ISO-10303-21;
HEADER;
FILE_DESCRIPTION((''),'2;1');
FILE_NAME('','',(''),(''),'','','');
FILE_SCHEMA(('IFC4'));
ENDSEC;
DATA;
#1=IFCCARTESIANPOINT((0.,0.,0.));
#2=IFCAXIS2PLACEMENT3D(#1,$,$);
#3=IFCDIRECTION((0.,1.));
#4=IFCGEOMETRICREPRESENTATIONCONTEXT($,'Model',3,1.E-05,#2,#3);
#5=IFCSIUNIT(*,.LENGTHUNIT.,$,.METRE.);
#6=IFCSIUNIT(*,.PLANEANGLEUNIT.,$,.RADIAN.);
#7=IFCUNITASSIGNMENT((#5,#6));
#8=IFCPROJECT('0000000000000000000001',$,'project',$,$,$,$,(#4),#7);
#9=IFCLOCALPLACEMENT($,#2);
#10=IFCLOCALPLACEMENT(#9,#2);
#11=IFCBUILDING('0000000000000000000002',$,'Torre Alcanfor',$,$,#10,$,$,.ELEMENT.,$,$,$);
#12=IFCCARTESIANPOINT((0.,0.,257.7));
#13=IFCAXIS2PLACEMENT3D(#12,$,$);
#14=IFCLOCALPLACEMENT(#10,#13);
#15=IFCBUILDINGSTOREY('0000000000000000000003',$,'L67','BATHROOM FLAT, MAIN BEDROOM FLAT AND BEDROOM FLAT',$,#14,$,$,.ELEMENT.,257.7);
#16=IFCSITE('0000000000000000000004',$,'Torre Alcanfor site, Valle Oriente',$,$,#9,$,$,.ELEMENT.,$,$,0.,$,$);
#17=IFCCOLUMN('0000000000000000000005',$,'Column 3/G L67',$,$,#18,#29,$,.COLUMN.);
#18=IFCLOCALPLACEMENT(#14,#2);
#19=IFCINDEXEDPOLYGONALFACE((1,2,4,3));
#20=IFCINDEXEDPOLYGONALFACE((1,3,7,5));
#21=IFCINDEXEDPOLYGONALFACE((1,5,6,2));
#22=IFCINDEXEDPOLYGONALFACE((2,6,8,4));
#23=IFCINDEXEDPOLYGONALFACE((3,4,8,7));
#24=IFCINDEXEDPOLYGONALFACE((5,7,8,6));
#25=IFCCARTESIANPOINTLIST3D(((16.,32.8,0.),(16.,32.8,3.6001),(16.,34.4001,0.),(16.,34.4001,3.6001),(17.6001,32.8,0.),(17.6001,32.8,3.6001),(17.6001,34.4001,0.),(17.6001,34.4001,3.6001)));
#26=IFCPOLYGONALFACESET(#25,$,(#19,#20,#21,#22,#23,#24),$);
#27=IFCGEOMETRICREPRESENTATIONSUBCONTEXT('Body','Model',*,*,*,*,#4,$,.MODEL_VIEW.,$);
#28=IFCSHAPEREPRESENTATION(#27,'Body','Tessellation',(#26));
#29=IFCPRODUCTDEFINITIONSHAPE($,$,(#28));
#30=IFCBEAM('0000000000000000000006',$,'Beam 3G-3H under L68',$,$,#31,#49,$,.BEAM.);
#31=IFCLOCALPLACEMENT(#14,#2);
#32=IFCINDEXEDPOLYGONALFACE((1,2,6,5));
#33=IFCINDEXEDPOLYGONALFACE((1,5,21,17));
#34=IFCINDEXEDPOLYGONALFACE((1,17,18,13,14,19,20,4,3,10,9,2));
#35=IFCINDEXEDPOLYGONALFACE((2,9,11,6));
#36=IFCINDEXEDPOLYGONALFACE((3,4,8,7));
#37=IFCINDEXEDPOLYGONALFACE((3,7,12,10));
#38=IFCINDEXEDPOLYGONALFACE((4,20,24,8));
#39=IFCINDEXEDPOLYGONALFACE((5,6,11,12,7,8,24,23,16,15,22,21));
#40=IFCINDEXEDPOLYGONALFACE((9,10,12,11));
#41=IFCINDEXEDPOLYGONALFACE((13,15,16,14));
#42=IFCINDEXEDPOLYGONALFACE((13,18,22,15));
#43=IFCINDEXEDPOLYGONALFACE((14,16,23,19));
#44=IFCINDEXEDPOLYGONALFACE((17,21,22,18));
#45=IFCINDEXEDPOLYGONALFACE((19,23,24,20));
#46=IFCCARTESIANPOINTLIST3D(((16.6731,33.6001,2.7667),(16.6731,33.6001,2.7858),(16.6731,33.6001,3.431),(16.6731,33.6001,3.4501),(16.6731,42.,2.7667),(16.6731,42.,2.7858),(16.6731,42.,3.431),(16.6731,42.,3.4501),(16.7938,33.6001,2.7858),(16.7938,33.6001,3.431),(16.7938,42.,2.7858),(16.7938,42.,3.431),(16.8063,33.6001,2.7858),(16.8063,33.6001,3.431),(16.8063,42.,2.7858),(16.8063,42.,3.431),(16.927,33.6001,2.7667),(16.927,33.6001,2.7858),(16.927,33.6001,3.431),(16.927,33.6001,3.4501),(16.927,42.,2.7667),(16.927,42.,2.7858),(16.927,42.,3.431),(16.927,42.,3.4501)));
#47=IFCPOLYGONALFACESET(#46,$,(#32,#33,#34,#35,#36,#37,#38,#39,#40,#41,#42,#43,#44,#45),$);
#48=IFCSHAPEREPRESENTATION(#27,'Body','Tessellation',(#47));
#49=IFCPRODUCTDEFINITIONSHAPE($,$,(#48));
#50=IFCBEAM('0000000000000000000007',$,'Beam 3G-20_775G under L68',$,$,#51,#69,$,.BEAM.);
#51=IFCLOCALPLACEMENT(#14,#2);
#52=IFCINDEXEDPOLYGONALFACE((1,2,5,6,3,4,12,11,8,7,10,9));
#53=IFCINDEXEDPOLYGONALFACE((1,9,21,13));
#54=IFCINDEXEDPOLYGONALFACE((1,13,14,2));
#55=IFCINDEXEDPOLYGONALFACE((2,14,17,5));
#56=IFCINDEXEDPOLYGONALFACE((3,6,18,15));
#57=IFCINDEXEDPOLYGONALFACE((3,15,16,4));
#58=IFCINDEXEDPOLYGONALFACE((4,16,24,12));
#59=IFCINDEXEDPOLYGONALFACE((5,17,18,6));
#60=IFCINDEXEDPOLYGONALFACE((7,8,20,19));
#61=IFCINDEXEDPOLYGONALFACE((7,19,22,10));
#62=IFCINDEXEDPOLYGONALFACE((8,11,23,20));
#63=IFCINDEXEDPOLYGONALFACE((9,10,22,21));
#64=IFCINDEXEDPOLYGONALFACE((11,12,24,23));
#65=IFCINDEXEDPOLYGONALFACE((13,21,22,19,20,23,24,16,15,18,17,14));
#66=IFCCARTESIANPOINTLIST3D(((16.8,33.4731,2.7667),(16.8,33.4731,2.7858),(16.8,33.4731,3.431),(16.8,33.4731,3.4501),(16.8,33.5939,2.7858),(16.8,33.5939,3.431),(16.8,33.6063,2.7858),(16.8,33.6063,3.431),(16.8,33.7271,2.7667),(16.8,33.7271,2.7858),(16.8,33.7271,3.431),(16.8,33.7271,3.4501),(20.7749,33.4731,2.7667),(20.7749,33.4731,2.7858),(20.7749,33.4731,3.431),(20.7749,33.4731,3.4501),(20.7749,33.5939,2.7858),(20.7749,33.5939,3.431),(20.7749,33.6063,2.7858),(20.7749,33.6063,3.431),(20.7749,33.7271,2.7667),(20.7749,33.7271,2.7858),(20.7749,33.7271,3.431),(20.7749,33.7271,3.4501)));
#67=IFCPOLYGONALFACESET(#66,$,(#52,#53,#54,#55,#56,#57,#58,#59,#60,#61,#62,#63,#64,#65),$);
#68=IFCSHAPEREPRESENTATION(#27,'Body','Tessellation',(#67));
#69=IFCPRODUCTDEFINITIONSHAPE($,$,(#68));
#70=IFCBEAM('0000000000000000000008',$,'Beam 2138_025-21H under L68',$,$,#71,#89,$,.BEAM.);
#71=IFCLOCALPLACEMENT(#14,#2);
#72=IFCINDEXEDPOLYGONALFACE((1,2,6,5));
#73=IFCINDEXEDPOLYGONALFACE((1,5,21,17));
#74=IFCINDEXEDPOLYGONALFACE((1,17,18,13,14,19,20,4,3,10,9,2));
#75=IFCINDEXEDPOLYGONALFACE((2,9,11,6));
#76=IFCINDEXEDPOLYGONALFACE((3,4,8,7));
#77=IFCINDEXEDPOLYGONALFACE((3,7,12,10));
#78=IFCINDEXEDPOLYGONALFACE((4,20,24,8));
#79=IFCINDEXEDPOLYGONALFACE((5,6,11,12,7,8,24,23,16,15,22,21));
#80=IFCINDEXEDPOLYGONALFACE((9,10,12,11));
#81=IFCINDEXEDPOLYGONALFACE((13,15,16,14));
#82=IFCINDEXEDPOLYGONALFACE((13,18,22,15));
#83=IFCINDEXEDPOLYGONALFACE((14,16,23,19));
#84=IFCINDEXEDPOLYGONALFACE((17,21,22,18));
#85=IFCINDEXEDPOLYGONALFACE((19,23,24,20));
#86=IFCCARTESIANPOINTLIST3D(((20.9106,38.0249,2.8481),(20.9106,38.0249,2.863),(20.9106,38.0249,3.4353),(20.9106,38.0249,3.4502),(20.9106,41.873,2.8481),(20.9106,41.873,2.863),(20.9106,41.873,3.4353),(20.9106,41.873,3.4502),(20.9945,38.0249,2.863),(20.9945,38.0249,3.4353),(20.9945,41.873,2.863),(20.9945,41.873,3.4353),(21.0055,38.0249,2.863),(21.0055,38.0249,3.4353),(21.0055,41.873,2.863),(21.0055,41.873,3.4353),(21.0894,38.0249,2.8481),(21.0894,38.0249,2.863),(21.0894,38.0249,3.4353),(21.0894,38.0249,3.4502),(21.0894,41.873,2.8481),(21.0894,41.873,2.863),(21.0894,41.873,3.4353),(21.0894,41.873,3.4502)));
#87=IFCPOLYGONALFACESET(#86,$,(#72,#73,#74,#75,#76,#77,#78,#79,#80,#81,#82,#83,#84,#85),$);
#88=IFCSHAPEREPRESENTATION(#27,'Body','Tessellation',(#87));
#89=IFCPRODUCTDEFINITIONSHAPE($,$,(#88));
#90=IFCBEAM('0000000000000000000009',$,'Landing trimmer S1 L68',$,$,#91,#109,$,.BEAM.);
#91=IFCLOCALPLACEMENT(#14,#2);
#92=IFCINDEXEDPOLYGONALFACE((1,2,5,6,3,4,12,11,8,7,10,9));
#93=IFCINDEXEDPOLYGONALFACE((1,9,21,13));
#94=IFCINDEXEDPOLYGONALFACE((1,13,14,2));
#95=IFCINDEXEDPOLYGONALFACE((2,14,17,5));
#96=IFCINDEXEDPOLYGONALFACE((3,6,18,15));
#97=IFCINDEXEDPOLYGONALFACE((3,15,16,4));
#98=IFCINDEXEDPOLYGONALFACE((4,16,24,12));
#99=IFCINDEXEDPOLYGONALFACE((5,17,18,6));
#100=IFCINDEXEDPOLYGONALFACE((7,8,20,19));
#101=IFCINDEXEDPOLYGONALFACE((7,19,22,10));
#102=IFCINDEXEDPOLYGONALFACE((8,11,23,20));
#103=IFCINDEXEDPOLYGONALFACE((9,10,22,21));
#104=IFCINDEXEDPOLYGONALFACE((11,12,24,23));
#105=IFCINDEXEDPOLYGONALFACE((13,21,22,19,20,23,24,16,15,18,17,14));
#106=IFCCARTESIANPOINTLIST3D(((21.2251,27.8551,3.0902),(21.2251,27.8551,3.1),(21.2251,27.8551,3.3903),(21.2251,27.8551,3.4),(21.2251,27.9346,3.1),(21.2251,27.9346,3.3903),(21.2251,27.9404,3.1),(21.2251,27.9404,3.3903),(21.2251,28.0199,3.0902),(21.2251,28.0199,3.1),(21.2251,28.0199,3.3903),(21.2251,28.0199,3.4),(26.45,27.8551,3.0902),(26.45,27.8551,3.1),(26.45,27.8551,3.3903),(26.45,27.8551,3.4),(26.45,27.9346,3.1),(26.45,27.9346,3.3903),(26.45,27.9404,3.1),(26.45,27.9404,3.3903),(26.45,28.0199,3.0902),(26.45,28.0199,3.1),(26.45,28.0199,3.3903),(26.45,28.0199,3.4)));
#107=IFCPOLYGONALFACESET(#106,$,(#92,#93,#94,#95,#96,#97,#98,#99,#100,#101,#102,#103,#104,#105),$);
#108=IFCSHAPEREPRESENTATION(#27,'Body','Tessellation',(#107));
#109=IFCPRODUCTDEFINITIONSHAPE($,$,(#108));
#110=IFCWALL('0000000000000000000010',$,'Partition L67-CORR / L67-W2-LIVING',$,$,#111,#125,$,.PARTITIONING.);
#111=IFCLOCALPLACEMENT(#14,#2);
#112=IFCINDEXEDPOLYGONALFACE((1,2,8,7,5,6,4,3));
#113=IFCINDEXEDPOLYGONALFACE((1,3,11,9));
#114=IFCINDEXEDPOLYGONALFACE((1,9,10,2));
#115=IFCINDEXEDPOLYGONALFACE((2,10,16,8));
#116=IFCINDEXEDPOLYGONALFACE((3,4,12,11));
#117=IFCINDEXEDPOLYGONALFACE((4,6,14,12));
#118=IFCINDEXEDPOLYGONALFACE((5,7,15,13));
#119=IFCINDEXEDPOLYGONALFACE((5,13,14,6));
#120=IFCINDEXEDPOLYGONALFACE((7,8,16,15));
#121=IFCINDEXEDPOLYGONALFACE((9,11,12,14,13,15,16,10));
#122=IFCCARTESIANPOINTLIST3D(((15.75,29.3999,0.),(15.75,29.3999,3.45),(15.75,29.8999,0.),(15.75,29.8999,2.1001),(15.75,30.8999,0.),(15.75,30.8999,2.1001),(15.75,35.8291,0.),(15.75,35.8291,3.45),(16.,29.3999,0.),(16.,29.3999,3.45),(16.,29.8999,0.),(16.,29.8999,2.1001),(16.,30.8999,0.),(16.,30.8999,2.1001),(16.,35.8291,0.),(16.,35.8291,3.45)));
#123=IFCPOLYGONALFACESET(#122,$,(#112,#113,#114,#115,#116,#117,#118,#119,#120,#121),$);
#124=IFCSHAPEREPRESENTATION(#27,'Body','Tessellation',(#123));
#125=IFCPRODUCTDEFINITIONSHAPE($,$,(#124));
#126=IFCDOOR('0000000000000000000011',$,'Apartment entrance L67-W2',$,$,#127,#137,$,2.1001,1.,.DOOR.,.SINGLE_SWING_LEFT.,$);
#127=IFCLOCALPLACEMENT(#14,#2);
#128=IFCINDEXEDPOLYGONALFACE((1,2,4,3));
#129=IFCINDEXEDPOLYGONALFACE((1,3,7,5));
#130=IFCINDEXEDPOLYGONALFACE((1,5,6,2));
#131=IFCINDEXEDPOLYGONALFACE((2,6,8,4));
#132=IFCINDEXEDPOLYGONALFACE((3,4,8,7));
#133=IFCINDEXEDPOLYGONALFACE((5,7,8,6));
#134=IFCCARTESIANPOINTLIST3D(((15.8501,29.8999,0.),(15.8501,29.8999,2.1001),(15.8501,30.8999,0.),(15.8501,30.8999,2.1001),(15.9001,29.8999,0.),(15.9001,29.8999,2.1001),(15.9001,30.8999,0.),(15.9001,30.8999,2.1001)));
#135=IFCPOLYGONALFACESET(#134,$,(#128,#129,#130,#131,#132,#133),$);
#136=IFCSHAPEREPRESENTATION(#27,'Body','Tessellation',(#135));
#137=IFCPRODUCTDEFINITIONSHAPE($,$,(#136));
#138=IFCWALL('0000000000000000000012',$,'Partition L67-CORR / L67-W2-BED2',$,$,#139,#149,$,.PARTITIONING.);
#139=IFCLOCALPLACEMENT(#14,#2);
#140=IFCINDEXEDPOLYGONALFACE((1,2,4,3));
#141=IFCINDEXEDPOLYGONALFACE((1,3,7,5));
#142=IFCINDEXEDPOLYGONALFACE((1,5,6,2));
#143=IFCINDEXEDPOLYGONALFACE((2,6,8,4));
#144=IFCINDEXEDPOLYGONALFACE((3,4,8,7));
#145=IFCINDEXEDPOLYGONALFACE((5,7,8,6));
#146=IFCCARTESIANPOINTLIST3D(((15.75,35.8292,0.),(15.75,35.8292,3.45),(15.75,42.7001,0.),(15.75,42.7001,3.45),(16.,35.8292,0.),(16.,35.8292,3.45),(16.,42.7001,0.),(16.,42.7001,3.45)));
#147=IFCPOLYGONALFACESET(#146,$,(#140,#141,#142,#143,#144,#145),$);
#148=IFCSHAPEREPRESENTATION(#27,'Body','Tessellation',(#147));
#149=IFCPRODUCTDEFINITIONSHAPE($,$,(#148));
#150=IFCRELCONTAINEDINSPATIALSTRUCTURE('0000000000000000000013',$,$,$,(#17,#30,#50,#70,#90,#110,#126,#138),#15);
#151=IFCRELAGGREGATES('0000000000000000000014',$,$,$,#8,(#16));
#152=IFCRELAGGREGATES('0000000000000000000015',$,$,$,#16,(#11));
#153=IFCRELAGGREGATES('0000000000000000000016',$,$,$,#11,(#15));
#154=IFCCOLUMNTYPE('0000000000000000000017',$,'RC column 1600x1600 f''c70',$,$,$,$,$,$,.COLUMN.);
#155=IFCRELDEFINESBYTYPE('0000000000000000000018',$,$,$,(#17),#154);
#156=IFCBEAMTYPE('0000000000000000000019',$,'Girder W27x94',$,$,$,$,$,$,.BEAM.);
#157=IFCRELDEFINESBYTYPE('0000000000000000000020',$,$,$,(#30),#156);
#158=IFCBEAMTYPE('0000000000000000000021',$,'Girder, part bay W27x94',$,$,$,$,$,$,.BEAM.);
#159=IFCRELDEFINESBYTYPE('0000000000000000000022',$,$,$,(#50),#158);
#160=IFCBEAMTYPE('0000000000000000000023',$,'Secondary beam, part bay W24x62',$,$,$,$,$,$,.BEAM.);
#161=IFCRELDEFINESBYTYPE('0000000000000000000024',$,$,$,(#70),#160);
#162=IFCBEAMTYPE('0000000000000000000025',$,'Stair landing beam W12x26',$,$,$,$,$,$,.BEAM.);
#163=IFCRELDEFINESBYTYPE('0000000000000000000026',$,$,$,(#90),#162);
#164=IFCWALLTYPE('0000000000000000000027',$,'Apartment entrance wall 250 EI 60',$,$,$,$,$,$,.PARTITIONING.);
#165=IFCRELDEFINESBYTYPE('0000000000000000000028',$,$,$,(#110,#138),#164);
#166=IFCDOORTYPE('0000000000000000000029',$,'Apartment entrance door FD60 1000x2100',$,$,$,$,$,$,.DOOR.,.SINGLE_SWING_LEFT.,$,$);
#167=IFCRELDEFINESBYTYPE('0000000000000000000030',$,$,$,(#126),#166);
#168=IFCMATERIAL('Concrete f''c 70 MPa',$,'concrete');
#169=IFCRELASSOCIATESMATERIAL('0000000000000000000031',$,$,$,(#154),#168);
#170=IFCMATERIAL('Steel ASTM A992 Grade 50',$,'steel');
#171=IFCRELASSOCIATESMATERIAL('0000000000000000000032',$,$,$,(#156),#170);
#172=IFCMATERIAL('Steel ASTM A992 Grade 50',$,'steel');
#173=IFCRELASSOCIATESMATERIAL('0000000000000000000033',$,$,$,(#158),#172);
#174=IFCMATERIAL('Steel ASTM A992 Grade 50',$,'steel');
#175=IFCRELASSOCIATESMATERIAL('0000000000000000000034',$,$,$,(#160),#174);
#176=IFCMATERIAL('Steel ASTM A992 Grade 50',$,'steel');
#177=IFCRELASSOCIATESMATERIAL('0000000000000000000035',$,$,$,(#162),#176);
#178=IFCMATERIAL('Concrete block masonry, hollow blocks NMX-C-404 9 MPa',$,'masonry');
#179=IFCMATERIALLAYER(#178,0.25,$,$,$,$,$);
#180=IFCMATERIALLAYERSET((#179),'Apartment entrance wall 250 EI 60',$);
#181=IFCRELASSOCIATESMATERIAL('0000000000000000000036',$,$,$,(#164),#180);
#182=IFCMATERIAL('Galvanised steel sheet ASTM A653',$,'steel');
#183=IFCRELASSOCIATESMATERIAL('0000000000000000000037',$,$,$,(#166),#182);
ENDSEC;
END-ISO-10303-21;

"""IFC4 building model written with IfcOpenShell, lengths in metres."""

from ifc_helpers import new_model, si_unit, direction, frame, frame_2d, origin, origin_2d, place, context, subcontext, project, spatial, rectangle, i_section, extrude, material, layer, layer_set, material_profile, profile_set, type_object, element, fill, save


model = new_model("IFC4")

# Units and contexts
model_context = context("Model", 3, precision=1e-05, world=origin(), true_north=direction((0.0, 1.0)))
body_context = subcontext(model_context, "Body", "Model", "MODEL_VIEW")
ifc_project = project(units=[si_unit("LENGTHUNIT", "METRE"), si_unit("PLANEANGLEUNIT", "RADIAN")], contexts=[model_context])

# Site, building, storey
site_placement = place(None, origin())
site = spatial("IfcSite", under=ifc_project, at=site_placement, Name="Torre Alcanfor site, Valle Oriente", CompositionType="ELEMENT", RefElevation=0.0)
building_placement = place(site_placement, origin())
building = spatial("IfcBuilding", under=site, at=building_placement, Name="Torre Alcanfor", CompositionType="ELEMENT")
storey_placement = place(building_placement, frame((0.0, 0.0, 257.7)))
storey = spatial("IfcBuildingStorey", under=building, at=storey_placement, Name="L67", Description="BATHROOM FLAT, MAIN BEDROOM FLAT AND BEDROOM FLAT", CompositionType="ELEMENT", Elevation=257.7)

# Column
ifc_material_1 = material(Name="Concrete f'c 70 MPa", Category="concrete")
ifc_material_profile_1 = material_profile(ifc_material_1, rectangle(XDim=1.6001, YDim=1.6001, at=origin_2d()), Name="1600x1600")
ifc_profile_set_1 = profile_set([ifc_material_profile_1], Name="Concrete f'c 70 MPa")
column_type = type_object("IfcColumnType", Name="RC column 1600x1600 f'c70", PredefinedType="COLUMN", material=ifc_profile_set_1)
column_placement = place(storey_placement, frame((16.8, 33.6001, 0.0), z_axis=(0.0, 0.0, 1.0), x_axis=(1.0, 0.0, 0.0)))
element("IfcColumn", 1, at=column_placement, inside=storey, type_object=column_type, Name="Column 3/G L67", PredefinedType="COLUMN", context=body_context, shape_type="SweptSolid", body=[
    extrude(rectangle(XDim=1.6001, YDim=1.6001, at=origin_2d()), origin(), (0.0, 0.0, 1.0), 3.6001),
])

# Beams
ifc_material_2 = material(Name="Steel ASTM A992 Grade 50", Category="steel")
ifc_material_profile_2 = material_profile(ifc_material_2, i_section(OverallWidth=0.2539, OverallDepth=0.6833, WebThickness=0.0125, FlangeThickness=0.019, at=origin_2d()), Name="W27x94")
ifc_profile_set_2 = profile_set([ifc_material_profile_2], Name="Steel ASTM A992 Grade 50")
beam_type_1 = type_object("IfcBeamType", Name="Girder W27x94", PredefinedType="BEAM", material=ifc_profile_set_2)
beam_1_placement = place(storey_placement, frame((16.8, 33.6001, 3.1084), z_axis=(0.0, 1.0, 0.0), x_axis=(-1.0, 0.0, 0.0)))
element("IfcBeam", 2, at=beam_1_placement, inside=storey, type_object=beam_type_1, Name="Beam 3G-3H under L68", PredefinedType="BEAM", context=body_context, shape_type="SweptSolid", body=[
    extrude(i_section(OverallWidth=0.2539, OverallDepth=0.6833, WebThickness=0.0125, FlangeThickness=0.019, at=origin_2d()), origin(), (0.0, 0.0, 1.0), 8.3999),
])
ifc_material_3 = material(Name="Steel ASTM A992 Grade 50", Category="steel")
ifc_material_profile_3 = material_profile(ifc_material_3, i_section(OverallWidth=0.2539, OverallDepth=0.6833, WebThickness=0.0125, FlangeThickness=0.019, at=origin_2d()), Name="W27x94")
ifc_profile_set_3 = profile_set([ifc_material_profile_3], Name="Steel ASTM A992 Grade 50")
beam_type_2 = type_object("IfcBeamType", Name="Girder, part bay W27x94", PredefinedType="BEAM", material=ifc_profile_set_3)
beam_2_placement = place(storey_placement, frame((16.8, 33.6001, 3.1084), z_axis=(1.0, 0.0, 0.0), x_axis=(0.0, 1.0, 0.0)))
element("IfcBeam", 3, at=beam_2_placement, inside=storey, type_object=beam_type_2, Name="Beam 3G-20_775G under L68", PredefinedType="BEAM", context=body_context, shape_type="SweptSolid", body=[
    extrude(i_section(OverallWidth=0.2539, OverallDepth=0.6833, WebThickness=0.0125, FlangeThickness=0.019, at=origin_2d()), origin(), (0.0, 0.0, 1.0), 3.9749),
])
ifc_material_4 = material(Name="Steel ASTM A992 Grade 50", Category="steel")
ifc_material_profile_4 = material_profile(ifc_material_4, i_section(OverallWidth=0.1787, OverallDepth=0.6021, WebThickness=0.011, FlangeThickness=0.0149, at=origin_2d()), Name="W24x62")
ifc_profile_set_4 = profile_set([ifc_material_profile_4], Name="Steel ASTM A992 Grade 50")
beam_type_3 = type_object("IfcBeamType", Name="Secondary beam, part bay W24x62", PredefinedType="BEAM", material=ifc_profile_set_4)
beam_3_placement = place(storey_placement, frame((21.0, 38.0249, 3.1492), z_axis=(0.0, 1.0, 0.0), x_axis=(-1.0, 0.0, 0.0)))
element("IfcBeam", 4, at=beam_3_placement, inside=storey, type_object=beam_type_3, Name="Beam 2138_025-21H under L68", PredefinedType="BEAM", context=body_context, shape_type="SweptSolid", body=[
    extrude(i_section(OverallWidth=0.1787, OverallDepth=0.6021, WebThickness=0.011, FlangeThickness=0.0149, at=origin_2d()), origin(), (0.0, 0.0, 1.0), 3.8481),
])
ifc_material_5 = material(Name="Steel ASTM A992 Grade 50", Category="steel")
ifc_material_profile_5 = material_profile(ifc_material_5, i_section(OverallWidth=0.1648, OverallDepth=0.3098, WebThickness=0.0059, FlangeThickness=0.0098, at=origin_2d()), Name="W12x26")
ifc_profile_set_5 = profile_set([ifc_material_profile_5], Name="Steel ASTM A992 Grade 50")
beam_type_4 = type_object("IfcBeamType", Name="Stair landing beam W12x26", PredefinedType="BEAM", material=ifc_profile_set_5)
beam_4_placement = place(storey_placement, frame((21.2251, 27.9375, 3.2451), z_axis=(1.0, 0.0, 0.0), x_axis=(0.0, 1.0, 0.0)))
element("IfcBeam", 5, at=beam_4_placement, inside=storey, type_object=beam_type_4, Name="Landing trimmer S1 L68", PredefinedType="BEAM", context=body_context, shape_type="SweptSolid", body=[
    extrude(i_section(OverallWidth=0.1648, OverallDepth=0.3098, WebThickness=0.0059, FlangeThickness=0.0098, at=origin_2d()), origin(), (0.0, 0.0, 1.0), 5.2249),
])

# Wall, opening, door
ifc_material_6 = material(Name="Concrete block masonry, hollow blocks NMX-C-404 9 MPa", Category="masonry")
ifc_layer_1 = layer(ifc_material_6, 0.25)
ifc_layer_set_1 = layer_set([ifc_layer_1], Name="Apartment entrance wall 250 EI 60")
wall_type_1 = type_object("IfcWallType", Name="Apartment entrance wall 250 EI 60", PredefinedType="PARTITIONING", material=ifc_layer_set_1)
wall_1_placement = place(storey_placement, frame((15.875, 29.3999, 0.0), z_axis=(0.0, 0.0, 1.0), x_axis=(0.0, 1.0, 0.0)))
wall_1 = element("IfcWall", 6, at=wall_1_placement, inside=storey, type_object=wall_type_1, Name="Partition L67-CORR / L67-W2-LIVING", PredefinedType="PARTITIONING", context=body_context, shape_type="SweptSolid", body=[
    extrude(rectangle(XDim=6.4292, YDim=0.25, at=frame_2d((3.2146, 0.0))), origin(), (0.0, 0.0, 1.0), 3.45),
])
opening_1_placement = place(wall_1_placement, frame((0.5, 0.0, 0.0)))
opening_1 = element("IfcOpeningElement", 7, at=opening_1_placement, cuts=wall_1, PredefinedType="OPENING", context=body_context, shape_type="SweptSolid", body=[
    extrude(rectangle(XDim=1.0, YDim=2.1001, at=frame_2d((0.5, 1.05))), frame((0.0, 0.135, 0.0), z_axis=(0.0, -1.0, 0.0), x_axis=(1.0, 0.0, 0.0)), (0.0, 0.0, 1.0), 0.27),
])
ifc_material_7 = material(Name="Galvanised steel sheet ASTM A653", Category="steel")
door_type_1 = type_object("IfcDoorType", Name="Apartment entrance door FD60 1000x2100", OperationType="SINGLE_SWING_LEFT", PredefinedType="DOOR", material=ifc_material_7)
door_1_placement = place(opening_1_placement, origin())
door_1 = element("IfcDoor", 8, at=door_1_placement, inside=storey, type_object=door_type_1, Name="Apartment entrance L67-W2", OperationType="SINGLE_SWING_LEFT", OverallHeight=2.1001, OverallWidth=1.0, PredefinedType="DOOR", context=body_context, shape_type="SweptSolid", body=[
    extrude(rectangle(XDim=1.0, YDim=2.1001, at=frame_2d((0.5, 1.05))), frame((0.0, 0.0249, 0.0), z_axis=(0.0, -1.0, 0.0), x_axis=(1.0, 0.0, 0.0)), (0.0, 0.0, 1.0), 0.05),
])
fill(opening_1, door_1)

# Wall
wall_2_placement = place(storey_placement, frame((15.875, 35.8291, 0.0), z_axis=(0.0, 0.0, 1.0), x_axis=(0.0, 1.0, 0.0)))
element("IfcWall", 9, at=wall_2_placement, inside=storey, type_object=wall_type_1, Name="Partition L67-CORR / L67-W2-BED2", PredefinedType="PARTITIONING", context=body_context, shape_type="SweptSolid", body=[
    extrude(rectangle(XDim=6.8708, YDim=0.25, at=frame_2d((3.4355, 0.0))), origin(), (0.0, 0.0, 1.0), 3.45),
])

save(model, "model.ifc")
